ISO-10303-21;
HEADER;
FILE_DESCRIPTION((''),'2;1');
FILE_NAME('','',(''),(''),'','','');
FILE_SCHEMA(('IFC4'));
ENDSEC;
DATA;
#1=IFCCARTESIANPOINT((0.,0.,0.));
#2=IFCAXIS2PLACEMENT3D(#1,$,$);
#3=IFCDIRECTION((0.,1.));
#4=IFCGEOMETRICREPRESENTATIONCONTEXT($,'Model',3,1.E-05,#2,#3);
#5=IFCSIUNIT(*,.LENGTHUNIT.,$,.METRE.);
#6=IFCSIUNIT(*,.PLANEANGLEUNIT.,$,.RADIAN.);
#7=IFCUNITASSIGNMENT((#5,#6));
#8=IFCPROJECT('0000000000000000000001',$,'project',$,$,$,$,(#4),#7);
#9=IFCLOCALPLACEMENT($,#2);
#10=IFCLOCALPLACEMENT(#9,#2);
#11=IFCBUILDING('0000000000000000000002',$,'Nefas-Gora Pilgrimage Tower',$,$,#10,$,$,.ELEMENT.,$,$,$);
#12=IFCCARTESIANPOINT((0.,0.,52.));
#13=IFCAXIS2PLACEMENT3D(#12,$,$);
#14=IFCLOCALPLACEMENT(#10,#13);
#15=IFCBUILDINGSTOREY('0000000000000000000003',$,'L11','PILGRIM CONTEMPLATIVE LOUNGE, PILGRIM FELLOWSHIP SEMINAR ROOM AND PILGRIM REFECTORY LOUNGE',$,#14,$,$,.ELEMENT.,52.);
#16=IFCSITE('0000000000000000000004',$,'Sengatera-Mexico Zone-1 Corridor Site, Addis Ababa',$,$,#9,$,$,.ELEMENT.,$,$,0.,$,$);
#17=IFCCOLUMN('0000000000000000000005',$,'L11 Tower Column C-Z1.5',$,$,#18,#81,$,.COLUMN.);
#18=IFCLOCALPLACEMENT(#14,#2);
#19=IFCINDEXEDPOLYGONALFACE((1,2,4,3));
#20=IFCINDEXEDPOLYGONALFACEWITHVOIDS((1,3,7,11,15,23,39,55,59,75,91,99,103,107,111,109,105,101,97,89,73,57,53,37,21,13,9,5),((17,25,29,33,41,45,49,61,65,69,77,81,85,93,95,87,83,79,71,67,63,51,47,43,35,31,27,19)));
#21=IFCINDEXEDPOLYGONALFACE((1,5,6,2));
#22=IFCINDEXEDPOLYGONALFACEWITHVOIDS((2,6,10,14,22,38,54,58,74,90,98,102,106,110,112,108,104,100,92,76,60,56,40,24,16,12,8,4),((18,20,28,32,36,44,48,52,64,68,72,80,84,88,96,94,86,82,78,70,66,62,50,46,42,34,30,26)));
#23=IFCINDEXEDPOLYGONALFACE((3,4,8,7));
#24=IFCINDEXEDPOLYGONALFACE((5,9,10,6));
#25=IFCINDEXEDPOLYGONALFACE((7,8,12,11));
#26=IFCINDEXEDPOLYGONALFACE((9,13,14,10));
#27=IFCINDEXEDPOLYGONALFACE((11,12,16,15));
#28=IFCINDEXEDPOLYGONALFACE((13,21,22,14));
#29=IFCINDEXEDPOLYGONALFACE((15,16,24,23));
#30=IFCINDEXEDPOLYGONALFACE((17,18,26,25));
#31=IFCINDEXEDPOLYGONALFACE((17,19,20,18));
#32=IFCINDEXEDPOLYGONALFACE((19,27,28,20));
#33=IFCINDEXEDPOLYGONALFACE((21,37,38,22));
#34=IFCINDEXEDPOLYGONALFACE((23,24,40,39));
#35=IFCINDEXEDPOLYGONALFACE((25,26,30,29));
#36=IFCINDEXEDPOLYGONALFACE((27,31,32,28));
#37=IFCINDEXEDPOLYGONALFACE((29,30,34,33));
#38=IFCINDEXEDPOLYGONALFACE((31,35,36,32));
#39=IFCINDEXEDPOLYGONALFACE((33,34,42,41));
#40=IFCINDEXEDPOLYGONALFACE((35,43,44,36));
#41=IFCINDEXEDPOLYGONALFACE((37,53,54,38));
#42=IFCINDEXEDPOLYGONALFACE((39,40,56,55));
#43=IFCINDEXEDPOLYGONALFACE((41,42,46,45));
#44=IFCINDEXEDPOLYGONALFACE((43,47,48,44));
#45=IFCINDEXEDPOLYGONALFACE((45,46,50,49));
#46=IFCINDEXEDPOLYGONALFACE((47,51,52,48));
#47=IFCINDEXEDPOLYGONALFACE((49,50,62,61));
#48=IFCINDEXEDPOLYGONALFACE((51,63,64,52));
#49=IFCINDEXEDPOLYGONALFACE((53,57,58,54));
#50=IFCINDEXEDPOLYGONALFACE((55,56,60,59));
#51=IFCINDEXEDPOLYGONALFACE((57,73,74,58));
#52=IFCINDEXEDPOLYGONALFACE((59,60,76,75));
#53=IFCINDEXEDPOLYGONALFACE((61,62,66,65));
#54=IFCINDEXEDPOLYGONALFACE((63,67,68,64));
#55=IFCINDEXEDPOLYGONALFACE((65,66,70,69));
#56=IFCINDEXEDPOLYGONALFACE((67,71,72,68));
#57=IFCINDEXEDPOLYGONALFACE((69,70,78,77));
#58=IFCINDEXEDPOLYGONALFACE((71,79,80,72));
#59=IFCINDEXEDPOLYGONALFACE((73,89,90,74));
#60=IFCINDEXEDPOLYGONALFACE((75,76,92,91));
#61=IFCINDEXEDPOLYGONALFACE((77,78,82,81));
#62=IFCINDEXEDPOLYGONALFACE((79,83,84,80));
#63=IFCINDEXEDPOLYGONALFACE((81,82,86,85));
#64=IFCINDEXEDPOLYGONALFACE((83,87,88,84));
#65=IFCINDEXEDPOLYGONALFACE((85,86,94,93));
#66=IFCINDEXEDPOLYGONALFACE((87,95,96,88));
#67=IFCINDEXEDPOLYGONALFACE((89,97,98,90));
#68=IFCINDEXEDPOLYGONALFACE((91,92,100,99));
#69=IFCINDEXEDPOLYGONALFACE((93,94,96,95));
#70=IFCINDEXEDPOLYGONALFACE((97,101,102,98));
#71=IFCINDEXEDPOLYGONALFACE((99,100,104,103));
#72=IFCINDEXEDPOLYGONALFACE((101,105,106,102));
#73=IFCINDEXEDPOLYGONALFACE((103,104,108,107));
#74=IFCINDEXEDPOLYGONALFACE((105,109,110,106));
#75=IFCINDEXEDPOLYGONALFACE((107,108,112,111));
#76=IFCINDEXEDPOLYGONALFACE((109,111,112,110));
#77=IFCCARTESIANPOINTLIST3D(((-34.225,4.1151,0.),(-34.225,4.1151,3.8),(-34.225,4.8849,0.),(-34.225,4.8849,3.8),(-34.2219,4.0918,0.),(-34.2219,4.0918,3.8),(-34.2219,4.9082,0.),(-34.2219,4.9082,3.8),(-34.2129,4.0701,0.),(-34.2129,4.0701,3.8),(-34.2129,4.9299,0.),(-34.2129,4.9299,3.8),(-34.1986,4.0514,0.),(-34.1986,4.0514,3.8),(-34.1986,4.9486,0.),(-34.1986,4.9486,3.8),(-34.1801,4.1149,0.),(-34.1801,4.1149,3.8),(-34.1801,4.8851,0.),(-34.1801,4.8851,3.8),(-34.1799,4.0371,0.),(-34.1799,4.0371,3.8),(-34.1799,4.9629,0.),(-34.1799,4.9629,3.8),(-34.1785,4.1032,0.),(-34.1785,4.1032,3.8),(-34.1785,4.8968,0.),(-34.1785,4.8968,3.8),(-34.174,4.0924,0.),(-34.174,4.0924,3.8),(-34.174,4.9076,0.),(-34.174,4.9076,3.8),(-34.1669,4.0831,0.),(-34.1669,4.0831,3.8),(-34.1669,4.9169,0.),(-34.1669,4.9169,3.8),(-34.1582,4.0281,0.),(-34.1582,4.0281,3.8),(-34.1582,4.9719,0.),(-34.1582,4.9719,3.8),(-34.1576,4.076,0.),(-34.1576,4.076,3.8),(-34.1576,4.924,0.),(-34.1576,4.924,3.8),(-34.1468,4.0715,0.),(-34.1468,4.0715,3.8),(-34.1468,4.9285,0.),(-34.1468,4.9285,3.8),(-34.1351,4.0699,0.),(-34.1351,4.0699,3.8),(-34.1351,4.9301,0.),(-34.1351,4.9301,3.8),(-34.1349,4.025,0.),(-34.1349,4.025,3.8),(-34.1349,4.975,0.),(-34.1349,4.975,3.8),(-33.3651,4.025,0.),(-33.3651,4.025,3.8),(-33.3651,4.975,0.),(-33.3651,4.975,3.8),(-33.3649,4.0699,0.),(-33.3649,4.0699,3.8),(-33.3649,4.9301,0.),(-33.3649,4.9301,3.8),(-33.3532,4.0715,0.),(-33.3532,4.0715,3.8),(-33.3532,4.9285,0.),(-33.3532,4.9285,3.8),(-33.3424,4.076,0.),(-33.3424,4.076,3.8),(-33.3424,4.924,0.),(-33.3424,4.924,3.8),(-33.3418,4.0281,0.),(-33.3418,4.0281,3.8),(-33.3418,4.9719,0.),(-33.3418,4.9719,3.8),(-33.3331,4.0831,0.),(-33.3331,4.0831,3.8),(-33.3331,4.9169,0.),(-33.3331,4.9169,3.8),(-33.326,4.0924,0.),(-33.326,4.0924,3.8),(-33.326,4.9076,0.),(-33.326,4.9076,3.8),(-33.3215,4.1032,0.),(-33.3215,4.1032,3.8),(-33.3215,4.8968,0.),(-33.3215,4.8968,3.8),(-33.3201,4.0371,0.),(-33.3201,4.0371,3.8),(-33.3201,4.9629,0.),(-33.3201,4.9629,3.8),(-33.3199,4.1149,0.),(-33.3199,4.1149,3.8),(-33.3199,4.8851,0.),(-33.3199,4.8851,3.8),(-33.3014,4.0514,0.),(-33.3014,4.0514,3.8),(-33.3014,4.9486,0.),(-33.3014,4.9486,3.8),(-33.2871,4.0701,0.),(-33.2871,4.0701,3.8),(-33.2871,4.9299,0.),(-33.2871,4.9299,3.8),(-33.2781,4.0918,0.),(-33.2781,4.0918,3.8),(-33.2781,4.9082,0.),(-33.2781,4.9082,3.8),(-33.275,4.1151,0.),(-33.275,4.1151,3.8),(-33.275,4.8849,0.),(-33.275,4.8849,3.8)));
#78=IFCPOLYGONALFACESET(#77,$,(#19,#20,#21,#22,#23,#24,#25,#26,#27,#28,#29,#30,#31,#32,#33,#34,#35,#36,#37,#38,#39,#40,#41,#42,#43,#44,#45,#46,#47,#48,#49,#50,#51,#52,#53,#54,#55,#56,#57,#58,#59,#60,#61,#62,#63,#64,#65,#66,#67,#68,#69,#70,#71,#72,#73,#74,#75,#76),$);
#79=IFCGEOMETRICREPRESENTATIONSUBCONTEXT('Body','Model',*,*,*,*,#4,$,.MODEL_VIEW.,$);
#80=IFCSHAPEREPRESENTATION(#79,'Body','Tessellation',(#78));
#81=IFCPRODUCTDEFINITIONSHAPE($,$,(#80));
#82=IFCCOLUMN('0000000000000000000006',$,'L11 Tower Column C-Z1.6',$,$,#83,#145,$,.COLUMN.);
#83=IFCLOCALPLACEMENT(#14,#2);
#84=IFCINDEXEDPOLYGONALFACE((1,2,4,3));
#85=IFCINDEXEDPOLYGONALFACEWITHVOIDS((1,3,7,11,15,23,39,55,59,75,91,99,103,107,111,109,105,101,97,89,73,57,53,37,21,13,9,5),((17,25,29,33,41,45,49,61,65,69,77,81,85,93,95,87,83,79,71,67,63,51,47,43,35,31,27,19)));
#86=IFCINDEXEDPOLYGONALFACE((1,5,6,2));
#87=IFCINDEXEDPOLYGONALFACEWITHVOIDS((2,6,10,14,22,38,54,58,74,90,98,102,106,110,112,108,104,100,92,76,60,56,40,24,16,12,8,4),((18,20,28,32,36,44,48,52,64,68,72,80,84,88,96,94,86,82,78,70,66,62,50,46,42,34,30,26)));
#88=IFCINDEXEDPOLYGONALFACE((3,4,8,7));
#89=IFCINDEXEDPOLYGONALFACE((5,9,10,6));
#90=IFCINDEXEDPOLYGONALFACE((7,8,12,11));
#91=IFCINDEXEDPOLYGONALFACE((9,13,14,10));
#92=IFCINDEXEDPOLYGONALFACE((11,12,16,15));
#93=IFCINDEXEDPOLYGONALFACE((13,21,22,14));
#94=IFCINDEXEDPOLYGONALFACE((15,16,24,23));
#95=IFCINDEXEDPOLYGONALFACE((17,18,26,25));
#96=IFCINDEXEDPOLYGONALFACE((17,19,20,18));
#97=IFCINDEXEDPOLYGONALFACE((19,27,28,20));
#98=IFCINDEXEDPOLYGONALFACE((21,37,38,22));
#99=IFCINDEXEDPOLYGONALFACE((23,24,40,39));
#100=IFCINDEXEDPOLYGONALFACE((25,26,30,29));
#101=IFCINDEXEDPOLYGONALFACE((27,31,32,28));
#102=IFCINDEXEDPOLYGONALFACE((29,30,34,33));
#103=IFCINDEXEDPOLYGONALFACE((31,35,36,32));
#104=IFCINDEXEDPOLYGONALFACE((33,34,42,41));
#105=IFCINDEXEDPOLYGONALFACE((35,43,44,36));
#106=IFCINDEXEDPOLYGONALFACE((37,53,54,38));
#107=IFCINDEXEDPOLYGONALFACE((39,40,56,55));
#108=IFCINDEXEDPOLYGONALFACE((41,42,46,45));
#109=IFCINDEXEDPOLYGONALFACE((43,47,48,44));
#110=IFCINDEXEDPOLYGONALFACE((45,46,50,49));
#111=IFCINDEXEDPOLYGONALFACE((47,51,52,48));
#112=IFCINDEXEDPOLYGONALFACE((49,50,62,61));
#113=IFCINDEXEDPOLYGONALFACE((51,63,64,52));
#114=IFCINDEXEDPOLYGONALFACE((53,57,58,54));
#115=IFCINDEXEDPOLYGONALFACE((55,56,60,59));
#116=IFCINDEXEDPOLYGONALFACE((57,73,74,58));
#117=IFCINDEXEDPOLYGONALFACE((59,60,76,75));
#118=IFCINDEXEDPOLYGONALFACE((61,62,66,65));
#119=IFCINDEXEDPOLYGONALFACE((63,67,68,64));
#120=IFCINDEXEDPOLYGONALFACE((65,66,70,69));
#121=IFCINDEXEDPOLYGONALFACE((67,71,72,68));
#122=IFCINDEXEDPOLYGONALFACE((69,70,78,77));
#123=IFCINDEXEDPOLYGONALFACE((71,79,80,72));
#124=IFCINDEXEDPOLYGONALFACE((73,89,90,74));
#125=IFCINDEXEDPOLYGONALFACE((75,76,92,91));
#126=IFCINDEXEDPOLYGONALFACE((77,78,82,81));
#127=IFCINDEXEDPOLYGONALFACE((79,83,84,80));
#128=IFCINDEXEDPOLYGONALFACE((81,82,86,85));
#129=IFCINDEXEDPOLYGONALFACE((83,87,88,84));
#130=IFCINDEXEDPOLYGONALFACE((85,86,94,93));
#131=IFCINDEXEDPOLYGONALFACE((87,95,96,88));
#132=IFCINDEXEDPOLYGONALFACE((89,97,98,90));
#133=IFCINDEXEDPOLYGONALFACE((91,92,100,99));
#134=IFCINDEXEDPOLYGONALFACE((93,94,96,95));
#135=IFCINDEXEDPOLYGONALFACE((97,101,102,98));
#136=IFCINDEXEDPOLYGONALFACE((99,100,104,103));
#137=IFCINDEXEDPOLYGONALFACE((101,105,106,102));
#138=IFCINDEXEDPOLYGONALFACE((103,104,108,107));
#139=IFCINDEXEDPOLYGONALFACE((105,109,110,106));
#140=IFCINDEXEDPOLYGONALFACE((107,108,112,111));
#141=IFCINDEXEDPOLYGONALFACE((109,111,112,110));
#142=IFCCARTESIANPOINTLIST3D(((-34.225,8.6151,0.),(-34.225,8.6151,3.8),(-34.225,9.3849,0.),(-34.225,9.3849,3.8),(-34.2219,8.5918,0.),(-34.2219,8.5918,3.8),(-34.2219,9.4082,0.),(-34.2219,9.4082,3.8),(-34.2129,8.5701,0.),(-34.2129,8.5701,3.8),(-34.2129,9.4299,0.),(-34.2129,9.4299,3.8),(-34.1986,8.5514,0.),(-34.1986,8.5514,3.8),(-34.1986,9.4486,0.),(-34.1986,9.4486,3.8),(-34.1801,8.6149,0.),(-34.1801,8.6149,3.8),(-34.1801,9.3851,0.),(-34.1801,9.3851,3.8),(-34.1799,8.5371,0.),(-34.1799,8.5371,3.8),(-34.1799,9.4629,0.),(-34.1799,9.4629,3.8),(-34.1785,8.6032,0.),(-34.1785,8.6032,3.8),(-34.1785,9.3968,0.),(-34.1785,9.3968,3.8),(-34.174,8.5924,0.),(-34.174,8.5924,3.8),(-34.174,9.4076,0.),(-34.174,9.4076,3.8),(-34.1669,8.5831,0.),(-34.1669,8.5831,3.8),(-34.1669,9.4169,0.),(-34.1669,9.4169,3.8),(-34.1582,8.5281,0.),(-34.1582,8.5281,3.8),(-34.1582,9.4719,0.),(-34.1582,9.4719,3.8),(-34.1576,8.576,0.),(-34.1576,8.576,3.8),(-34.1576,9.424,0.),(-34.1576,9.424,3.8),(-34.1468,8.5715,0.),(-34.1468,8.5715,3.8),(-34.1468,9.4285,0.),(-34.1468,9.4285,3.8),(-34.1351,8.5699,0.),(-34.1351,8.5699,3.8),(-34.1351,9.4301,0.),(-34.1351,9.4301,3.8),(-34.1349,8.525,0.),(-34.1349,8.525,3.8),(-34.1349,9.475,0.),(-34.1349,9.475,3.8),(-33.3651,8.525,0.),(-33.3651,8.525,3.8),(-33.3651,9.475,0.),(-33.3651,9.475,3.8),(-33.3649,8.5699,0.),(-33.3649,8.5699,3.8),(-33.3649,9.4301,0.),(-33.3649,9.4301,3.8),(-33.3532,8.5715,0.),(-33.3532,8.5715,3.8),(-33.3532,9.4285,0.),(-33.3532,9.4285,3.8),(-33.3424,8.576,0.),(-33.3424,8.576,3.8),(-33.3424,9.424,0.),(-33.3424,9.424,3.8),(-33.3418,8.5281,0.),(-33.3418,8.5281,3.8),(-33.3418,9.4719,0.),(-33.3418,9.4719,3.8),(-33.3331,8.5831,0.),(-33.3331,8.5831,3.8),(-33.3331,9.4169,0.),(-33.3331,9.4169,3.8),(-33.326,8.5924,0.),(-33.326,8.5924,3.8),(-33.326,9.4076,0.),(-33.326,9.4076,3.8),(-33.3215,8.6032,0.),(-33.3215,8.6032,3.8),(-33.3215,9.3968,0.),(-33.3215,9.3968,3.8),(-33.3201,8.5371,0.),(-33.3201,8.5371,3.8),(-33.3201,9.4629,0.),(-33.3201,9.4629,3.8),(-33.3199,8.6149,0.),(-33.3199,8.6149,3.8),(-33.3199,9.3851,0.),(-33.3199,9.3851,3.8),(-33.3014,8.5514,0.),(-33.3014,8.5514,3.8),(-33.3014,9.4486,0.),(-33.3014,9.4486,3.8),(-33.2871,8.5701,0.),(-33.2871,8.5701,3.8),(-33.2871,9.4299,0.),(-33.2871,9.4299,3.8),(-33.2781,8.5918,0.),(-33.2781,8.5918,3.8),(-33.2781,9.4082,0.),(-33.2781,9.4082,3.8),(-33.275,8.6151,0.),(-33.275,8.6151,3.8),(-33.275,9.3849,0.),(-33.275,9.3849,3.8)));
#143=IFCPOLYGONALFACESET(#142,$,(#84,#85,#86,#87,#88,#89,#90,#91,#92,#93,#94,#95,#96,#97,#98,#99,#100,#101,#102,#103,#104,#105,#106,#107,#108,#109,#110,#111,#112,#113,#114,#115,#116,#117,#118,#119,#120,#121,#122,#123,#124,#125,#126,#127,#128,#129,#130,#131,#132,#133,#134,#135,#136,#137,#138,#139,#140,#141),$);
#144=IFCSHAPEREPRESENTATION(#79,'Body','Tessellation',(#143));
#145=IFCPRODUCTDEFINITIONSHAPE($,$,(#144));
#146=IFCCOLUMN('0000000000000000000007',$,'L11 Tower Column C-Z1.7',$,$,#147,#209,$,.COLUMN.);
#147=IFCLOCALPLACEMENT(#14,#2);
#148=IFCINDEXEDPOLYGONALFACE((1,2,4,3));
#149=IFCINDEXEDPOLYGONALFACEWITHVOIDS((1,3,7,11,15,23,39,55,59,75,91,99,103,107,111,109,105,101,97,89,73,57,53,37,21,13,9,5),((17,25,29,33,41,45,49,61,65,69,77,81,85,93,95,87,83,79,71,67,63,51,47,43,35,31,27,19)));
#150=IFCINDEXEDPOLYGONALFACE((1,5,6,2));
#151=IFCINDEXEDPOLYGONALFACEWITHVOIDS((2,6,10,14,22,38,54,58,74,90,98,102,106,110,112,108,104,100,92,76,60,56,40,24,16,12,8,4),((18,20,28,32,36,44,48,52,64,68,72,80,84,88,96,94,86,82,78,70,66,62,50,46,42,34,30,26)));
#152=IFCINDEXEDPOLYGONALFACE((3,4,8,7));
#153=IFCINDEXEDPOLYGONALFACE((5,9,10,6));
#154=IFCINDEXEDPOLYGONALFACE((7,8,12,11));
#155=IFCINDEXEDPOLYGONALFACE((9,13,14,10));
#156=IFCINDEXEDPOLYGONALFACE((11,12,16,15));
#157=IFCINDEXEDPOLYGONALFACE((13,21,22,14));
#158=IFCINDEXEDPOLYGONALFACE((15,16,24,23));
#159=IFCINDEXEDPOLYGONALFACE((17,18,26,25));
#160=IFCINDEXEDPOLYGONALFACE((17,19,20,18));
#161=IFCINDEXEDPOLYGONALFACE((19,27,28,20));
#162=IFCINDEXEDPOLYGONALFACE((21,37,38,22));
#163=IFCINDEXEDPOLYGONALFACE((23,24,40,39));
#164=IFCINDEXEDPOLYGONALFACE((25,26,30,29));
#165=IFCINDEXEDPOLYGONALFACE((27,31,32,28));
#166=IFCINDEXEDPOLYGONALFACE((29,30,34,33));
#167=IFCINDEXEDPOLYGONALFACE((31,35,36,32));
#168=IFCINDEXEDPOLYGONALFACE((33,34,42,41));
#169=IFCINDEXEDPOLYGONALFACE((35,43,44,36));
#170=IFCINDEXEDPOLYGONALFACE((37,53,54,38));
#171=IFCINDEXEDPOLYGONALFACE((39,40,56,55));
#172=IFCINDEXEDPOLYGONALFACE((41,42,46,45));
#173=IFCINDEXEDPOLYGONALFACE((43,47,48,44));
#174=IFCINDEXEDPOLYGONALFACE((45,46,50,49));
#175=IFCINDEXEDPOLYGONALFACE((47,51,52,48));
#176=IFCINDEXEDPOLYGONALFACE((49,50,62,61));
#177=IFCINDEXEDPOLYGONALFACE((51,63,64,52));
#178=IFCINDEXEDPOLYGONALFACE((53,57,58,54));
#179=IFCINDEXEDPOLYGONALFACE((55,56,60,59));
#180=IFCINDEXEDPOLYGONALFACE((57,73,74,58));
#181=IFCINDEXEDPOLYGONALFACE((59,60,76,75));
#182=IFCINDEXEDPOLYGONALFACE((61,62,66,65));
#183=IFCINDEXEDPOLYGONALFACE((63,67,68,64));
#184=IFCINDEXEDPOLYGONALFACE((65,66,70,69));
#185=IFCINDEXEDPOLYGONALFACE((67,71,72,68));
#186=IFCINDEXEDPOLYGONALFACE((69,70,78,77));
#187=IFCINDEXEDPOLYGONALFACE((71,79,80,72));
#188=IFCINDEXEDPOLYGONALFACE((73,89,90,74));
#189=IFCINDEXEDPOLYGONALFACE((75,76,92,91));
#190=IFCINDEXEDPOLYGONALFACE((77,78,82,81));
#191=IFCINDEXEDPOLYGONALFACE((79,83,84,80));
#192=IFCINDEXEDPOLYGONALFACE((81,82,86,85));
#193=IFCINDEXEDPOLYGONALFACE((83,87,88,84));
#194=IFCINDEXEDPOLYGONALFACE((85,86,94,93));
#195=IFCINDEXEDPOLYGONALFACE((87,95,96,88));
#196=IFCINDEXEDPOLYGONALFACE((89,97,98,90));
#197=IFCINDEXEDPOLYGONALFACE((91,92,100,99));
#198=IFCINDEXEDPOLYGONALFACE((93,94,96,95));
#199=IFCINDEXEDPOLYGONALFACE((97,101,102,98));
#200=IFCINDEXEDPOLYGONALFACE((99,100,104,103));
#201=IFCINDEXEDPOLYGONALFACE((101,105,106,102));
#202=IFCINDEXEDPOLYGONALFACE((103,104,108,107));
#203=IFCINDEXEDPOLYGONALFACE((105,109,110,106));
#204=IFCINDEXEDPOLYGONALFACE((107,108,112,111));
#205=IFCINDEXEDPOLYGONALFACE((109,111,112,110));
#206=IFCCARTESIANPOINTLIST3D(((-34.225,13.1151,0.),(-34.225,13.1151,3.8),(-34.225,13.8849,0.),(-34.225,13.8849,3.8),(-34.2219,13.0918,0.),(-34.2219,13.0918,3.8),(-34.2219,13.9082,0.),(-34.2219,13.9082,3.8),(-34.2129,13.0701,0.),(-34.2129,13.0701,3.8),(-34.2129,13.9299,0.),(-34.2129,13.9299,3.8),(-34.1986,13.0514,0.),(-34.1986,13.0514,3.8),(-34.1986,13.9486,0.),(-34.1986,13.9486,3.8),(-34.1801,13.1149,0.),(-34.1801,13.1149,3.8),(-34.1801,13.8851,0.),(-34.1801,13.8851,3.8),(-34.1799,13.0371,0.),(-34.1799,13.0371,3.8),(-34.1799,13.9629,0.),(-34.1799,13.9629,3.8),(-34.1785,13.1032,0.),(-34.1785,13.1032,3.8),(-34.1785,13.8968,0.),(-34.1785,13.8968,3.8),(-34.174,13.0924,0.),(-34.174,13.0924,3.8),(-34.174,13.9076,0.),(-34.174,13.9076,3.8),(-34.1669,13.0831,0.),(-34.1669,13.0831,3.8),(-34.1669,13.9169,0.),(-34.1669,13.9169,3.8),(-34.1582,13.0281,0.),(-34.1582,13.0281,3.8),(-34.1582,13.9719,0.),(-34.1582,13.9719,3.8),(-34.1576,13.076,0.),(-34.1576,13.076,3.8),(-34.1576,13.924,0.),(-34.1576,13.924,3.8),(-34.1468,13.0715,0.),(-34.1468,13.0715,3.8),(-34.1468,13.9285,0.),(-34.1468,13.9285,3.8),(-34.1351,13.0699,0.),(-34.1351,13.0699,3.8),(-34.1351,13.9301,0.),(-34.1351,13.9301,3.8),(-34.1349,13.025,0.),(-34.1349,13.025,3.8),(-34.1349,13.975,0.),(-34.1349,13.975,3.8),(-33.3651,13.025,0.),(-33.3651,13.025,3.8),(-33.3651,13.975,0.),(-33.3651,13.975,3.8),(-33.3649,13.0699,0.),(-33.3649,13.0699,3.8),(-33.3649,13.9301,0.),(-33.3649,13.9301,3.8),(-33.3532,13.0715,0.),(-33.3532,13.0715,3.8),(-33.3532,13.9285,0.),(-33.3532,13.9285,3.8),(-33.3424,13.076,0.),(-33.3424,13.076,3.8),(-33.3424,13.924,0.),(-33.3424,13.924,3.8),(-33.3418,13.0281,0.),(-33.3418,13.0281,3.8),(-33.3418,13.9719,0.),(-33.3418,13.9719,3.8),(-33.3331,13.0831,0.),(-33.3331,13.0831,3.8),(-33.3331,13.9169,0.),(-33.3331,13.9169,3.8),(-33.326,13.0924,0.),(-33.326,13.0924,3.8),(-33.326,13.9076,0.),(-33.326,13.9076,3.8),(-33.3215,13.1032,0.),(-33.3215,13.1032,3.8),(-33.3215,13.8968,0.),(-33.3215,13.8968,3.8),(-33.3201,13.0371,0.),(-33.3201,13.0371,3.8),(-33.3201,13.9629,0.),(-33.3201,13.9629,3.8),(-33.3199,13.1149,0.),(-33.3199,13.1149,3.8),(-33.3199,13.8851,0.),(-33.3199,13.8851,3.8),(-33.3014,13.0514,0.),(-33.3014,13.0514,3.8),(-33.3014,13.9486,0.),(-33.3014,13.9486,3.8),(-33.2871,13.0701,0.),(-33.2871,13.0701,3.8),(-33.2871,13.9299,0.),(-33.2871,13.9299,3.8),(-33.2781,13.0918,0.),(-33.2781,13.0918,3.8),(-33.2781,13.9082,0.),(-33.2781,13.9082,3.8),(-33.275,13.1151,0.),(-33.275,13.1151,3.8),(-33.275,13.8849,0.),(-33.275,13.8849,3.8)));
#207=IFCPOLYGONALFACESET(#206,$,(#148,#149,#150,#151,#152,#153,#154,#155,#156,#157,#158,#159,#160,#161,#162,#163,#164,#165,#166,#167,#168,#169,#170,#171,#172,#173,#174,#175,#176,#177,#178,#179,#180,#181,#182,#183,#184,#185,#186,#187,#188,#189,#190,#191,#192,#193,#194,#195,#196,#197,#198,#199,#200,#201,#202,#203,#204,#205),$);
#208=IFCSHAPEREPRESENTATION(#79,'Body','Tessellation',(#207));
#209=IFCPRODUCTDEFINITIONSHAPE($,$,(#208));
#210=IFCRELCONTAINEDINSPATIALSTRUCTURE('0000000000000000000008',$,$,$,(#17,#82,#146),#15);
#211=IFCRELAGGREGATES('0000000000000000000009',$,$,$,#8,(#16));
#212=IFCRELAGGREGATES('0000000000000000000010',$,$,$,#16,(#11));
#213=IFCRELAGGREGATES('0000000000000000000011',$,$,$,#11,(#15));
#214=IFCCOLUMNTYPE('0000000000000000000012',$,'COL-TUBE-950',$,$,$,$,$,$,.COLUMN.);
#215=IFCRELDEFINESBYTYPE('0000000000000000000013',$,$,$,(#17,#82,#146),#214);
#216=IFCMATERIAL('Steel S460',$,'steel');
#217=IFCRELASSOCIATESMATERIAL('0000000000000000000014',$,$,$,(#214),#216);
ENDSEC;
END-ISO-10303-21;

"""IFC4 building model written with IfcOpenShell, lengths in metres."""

from ifc_helpers import new_model, si_unit, direction, frame, origin, origin_2d, place, context, subcontext, project, spatial, hollow_rectangle, extrude, source, transform, mapped, material, material_profile, profile_set, type_object, element, save


model = new_model("IFC4")

# Units and contexts
model_context = context("Model", 3, precision=1e-05, world=origin(), true_north=direction((0.0, 1.0)))
body_context = subcontext(model_context, "Body", "Model", "MODEL_VIEW")
ifc_project = project(units=[si_unit("LENGTHUNIT", "METRE"), si_unit("PLANEANGLEUNIT", "RADIAN")], contexts=[model_context])

# Site, building, storey
site_placement = place(None, origin())
site = spatial("IfcSite", under=ifc_project, at=site_placement, Name="Sengatera-Mexico Zone-1 Corridor Site, Addis Ababa", CompositionType="ELEMENT", RefElevation=0.0)
building_placement = place(site_placement, origin())
building = spatial("IfcBuilding", under=site, at=building_placement, Name="Nefas-Gora Pilgrimage Tower", CompositionType="ELEMENT")
storey_placement = place(building_placement, frame((0.0, 0.0, 52.0)))
storey = spatial("IfcBuildingStorey", under=building, at=storey_placement, Name="L11", Description="PILGRIM CONTEMPLATIVE LOUNGE, PILGRIM FELLOWSHIP SEMINAR ROOM AND PILGRIM REFECTORY LOUNGE", CompositionType="ELEMENT", Elevation=52.0)

# Columns
ifc_material_1 = material(Name="Steel S460", Category="steel")
ifc_material_profile_1 = material_profile(ifc_material_1, hollow_rectangle(XDim=0.95, YDim=0.95, WallThickness=0.0449, InnerFilletRadius=0.0449, OuterFilletRadius=0.0901, at=origin_2d()), Name="BOX 950x950x45")
ifc_profile_set_1 = profile_set([ifc_material_profile_1], Name="Steel S460")
column_type_1 = type_object("IfcColumnType", Name="COL-TUBE-950", PredefinedType="COLUMN", material=ifc_profile_set_1)
shared_shape_1 = source(origin(), body_context, "Body", "SweptSolid", [
    extrude(hollow_rectangle(XDim=0.95, YDim=0.95, WallThickness=0.0449, InnerFilletRadius=0.0449, OuterFilletRadius=0.0901, at=origin_2d()), origin(), (0.0, 0.0, 1.0), 3.8),
])
for number, where, z_axis, x_axis, name in (
    (1, (-33.75, 4.5, 0.0), (0.0, 0.0, 1.0), (1.0, 0.0, 0.0), "L11 Tower Column C-Z1.5"),
    (2, (-33.75, 9.0, 0.0), (0.0, 0.0, 1.0), (1.0, 0.0, 0.0), "L11 Tower Column C-Z1.6"),
    (3, (-33.75, 13.5, 0.0), (0.0, 0.0, 1.0), (1.0, 0.0, 0.0), "L11 Tower Column C-Z1.7"),
):
    element("IfcColumn", number, at=place(storey_placement, frame(where, z_axis=z_axis, x_axis=x_axis)), inside=storey, type_object=column_type_1, Name=name, PredefinedType="COLUMN", context=body_context, shape_type="MappedRepresentation", body=[
        mapped(shared_shape_1, transform((0.0, 0.0, 0.0), x_axis=(1.0, 0.0, 0.0), y_axis=(0.0, 1.0, 0.0), z_axis=(0.0, 0.0, 1.0), scale=1.0)),
    ])

save(model, "model.ifc")
